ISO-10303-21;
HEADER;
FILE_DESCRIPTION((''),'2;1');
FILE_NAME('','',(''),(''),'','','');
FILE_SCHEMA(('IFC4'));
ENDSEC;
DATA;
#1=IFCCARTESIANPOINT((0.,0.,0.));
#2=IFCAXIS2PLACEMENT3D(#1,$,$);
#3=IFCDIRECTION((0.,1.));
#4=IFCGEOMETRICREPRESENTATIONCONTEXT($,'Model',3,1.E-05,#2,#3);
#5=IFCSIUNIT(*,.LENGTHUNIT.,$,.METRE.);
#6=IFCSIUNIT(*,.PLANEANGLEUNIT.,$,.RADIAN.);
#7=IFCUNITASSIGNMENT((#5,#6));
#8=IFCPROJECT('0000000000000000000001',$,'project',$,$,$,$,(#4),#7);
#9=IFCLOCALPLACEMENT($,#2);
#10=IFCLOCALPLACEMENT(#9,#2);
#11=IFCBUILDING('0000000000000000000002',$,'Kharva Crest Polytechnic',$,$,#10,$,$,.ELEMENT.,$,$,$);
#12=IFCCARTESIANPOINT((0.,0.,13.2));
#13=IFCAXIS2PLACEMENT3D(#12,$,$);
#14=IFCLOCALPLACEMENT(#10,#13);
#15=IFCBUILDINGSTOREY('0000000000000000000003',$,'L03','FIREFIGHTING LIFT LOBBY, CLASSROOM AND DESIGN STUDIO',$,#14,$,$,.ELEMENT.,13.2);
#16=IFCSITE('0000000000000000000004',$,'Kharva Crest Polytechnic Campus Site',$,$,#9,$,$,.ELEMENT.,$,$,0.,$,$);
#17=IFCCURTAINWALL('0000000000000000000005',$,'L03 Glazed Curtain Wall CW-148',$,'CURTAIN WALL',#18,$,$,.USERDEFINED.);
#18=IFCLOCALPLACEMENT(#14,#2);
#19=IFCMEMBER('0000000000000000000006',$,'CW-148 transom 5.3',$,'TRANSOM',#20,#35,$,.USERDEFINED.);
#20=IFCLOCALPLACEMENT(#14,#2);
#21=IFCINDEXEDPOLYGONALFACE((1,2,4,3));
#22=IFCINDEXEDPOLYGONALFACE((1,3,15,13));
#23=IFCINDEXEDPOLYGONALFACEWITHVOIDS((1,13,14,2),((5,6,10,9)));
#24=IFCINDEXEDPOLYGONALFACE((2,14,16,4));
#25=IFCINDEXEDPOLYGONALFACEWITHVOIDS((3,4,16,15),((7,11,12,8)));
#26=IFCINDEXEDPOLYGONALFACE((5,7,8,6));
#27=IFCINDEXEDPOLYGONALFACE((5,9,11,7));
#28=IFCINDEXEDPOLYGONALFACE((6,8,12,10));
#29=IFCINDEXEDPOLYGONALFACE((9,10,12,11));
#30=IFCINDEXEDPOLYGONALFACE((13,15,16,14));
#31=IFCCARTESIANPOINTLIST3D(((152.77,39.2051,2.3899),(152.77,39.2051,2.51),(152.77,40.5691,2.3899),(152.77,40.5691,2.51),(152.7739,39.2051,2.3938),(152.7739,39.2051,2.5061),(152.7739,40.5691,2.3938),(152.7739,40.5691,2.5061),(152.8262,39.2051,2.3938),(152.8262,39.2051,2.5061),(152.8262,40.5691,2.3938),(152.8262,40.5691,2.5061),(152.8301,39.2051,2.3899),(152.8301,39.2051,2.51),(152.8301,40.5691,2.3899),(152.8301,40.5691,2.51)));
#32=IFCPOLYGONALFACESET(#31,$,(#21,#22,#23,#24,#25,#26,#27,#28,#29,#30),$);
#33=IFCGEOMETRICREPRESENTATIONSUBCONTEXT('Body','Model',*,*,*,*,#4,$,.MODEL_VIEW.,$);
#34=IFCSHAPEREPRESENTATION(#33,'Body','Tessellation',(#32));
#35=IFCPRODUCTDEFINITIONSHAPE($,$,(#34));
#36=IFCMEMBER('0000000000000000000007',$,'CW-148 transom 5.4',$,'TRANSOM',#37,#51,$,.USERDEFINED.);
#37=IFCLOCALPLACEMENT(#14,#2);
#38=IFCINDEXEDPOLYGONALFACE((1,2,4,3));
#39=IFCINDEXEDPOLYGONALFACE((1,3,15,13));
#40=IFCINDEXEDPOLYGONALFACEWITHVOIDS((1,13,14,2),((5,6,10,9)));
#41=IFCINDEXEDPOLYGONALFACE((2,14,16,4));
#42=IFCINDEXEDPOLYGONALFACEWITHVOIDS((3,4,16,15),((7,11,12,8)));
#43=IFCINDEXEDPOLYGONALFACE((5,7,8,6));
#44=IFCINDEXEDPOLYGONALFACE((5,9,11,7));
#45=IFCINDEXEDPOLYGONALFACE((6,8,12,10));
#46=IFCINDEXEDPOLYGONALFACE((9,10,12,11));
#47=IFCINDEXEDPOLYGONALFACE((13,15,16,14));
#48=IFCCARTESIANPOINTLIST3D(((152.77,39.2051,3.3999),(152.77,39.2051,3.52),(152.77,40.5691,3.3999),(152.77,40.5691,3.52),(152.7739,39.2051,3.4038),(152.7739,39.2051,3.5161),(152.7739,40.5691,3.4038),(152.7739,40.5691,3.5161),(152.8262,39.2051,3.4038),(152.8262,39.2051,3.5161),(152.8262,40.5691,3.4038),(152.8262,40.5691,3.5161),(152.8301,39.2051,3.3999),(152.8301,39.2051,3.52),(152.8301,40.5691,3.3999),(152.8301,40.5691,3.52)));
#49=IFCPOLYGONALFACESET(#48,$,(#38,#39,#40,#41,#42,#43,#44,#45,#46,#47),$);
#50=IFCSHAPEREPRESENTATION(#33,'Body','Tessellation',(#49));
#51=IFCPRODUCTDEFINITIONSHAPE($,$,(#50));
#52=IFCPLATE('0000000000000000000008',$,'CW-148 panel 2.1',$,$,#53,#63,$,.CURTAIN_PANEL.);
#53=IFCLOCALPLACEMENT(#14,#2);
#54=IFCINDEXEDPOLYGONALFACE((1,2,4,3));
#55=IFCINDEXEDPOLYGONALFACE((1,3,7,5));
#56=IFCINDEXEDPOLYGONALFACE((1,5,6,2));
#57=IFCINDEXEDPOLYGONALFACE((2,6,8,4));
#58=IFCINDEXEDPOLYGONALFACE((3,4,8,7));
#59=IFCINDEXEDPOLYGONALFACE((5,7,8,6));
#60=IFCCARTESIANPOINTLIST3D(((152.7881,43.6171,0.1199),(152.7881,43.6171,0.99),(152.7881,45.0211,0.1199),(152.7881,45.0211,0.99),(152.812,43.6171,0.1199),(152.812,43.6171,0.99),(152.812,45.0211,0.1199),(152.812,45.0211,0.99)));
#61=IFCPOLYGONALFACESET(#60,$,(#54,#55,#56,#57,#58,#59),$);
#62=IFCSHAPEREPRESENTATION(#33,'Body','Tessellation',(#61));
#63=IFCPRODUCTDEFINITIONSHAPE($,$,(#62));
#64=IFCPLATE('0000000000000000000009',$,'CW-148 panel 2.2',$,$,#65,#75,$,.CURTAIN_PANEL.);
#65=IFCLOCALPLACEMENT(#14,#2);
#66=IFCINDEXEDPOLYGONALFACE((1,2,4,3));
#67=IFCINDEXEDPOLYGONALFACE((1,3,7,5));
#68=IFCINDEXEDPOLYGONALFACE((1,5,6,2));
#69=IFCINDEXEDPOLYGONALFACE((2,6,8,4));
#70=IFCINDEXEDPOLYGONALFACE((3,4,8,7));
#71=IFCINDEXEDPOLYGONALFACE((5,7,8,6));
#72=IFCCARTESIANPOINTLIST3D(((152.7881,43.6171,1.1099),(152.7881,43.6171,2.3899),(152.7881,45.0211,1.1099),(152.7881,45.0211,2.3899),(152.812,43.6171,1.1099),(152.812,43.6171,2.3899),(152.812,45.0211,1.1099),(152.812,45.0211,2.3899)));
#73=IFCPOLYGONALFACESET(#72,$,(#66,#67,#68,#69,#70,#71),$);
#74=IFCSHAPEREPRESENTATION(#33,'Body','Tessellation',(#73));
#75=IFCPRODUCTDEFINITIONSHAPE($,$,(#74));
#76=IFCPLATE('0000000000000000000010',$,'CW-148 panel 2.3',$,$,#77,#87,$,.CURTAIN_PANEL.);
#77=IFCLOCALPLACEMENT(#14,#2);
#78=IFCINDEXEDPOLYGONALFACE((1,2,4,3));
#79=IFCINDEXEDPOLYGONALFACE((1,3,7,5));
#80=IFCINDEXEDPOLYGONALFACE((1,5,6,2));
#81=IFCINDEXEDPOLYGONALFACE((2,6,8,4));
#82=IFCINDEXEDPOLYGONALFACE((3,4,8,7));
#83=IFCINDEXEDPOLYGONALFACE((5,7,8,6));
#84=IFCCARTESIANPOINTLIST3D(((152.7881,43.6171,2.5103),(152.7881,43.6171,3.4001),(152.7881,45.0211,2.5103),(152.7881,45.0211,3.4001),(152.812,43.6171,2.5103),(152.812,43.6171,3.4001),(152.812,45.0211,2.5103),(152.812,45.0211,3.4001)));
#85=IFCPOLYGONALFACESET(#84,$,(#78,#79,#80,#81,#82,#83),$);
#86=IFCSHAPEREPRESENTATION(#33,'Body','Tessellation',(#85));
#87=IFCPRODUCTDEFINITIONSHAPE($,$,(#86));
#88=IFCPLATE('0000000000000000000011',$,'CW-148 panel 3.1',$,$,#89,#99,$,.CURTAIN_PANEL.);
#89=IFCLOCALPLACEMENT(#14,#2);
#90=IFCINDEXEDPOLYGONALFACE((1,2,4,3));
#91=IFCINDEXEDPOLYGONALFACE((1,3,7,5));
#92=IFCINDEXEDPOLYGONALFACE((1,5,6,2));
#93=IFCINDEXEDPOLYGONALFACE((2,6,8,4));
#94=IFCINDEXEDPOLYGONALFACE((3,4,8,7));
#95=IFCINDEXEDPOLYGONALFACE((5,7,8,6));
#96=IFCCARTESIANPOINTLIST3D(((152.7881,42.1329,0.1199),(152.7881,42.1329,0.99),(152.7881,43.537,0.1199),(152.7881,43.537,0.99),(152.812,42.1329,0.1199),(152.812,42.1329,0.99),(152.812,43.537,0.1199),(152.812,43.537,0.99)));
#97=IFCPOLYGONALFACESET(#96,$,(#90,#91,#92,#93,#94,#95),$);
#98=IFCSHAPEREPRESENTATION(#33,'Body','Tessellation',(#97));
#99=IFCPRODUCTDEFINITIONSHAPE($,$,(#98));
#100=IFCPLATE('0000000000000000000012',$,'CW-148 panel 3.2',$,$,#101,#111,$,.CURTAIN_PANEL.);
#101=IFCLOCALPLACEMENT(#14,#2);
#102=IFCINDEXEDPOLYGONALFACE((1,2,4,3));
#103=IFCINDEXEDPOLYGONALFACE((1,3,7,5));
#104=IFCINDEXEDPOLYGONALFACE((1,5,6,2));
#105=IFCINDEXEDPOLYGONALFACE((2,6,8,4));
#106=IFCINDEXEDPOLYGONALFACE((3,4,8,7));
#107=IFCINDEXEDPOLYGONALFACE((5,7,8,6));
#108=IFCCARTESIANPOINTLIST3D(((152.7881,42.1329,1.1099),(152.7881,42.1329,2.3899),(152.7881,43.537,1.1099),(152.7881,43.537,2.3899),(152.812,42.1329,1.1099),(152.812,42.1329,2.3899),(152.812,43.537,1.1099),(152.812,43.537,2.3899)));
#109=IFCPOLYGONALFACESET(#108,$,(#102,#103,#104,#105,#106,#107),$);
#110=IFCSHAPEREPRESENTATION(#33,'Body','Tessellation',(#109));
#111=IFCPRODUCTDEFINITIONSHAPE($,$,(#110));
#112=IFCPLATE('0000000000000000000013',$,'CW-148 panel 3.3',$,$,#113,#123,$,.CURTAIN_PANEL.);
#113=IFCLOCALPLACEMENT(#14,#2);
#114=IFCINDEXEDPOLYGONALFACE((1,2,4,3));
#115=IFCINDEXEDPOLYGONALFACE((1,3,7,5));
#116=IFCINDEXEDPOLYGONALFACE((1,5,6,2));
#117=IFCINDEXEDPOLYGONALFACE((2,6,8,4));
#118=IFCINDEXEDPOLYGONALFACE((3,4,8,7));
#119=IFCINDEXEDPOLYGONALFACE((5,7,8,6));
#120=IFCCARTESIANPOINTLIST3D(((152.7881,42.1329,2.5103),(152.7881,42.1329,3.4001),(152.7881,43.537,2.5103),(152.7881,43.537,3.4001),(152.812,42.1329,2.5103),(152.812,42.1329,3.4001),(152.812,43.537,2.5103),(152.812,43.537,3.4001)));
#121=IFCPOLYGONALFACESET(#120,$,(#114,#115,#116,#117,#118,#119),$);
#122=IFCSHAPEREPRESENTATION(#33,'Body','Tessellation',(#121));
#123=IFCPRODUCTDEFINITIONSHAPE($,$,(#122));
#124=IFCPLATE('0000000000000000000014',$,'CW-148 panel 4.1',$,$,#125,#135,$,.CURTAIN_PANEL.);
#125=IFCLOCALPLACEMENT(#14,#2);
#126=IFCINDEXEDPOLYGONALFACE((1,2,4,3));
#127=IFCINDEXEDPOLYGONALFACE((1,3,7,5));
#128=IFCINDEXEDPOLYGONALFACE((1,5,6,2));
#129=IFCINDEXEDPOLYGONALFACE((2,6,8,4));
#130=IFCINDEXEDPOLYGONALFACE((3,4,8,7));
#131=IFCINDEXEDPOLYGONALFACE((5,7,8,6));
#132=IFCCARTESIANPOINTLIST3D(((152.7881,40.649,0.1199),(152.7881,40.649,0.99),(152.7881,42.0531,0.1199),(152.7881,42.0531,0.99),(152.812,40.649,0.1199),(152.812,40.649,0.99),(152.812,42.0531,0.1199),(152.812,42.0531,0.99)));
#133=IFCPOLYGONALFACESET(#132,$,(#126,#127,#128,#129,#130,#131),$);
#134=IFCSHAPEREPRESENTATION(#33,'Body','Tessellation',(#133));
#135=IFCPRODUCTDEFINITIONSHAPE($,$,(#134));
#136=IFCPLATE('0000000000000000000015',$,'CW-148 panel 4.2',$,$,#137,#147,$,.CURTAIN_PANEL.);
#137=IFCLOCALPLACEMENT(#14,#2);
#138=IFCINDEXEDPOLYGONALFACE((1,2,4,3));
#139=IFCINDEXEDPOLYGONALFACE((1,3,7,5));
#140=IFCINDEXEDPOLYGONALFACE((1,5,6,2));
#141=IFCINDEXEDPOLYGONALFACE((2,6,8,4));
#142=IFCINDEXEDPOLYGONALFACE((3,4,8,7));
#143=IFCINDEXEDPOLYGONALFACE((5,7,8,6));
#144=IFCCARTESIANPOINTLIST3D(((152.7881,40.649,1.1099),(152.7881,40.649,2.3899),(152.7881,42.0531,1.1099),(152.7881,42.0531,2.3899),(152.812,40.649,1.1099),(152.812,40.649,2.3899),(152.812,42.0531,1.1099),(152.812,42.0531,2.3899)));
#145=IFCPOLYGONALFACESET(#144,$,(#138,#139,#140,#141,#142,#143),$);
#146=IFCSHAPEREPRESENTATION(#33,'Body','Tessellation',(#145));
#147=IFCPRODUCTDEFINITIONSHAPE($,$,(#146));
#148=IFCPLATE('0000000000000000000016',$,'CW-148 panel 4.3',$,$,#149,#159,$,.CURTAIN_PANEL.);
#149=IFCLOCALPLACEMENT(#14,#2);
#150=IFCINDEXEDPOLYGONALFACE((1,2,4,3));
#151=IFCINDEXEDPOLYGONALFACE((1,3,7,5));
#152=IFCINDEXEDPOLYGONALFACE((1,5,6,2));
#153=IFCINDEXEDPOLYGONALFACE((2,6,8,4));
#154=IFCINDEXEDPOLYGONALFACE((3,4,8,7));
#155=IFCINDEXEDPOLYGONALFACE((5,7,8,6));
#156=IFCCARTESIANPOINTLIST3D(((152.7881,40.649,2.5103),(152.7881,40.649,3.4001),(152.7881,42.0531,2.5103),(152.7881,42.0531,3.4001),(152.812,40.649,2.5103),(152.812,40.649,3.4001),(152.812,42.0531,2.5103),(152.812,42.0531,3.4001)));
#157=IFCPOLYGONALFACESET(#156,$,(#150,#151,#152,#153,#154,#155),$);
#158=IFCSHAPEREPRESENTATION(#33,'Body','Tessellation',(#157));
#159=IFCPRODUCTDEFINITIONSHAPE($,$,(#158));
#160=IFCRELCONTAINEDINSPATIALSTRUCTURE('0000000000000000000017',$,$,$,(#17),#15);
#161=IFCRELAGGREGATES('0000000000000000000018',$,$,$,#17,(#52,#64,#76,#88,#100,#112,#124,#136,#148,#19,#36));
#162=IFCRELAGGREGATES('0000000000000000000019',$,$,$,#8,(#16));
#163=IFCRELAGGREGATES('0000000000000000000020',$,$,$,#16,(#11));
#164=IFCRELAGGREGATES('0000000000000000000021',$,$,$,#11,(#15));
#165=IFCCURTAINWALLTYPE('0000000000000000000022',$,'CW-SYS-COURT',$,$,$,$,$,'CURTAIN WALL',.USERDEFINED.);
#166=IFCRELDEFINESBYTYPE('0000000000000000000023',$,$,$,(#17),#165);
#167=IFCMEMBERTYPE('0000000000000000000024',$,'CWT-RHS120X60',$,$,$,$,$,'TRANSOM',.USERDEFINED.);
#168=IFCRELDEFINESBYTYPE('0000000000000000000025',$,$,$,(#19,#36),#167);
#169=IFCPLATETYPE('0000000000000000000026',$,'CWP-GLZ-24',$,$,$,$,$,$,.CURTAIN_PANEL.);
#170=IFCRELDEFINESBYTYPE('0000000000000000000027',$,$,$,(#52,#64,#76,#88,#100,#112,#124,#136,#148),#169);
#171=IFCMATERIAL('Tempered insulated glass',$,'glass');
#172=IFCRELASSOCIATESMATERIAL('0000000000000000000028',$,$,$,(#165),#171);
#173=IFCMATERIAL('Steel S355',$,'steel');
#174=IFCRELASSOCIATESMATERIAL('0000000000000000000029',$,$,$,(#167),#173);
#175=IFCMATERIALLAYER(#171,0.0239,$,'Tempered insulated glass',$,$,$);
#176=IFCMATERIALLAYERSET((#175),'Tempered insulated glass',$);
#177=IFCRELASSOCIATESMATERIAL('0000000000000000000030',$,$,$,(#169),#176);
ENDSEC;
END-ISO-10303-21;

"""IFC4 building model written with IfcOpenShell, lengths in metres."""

from ifc_helpers import new_model, si_unit, direction, frame, origin, origin_2d, place, context, subcontext, project, spatial, rectangle, hollow_rectangle, extrude, material, layer, layer_set, material_profile, profile_set, type_object, element, aggregate, save


model = new_model("IFC4")

# Units and contexts
model_context = context("Model", 3, precision=1e-05, world=origin(), true_north=direction((0.0, 1.0)))
body_context = subcontext(model_context, "Body", "Model", "MODEL_VIEW")
ifc_project = project(units=[si_unit("LENGTHUNIT", "METRE"), si_unit("PLANEANGLEUNIT", "RADIAN")], contexts=[model_context])

# Site, building, storey
site_placement = place(None, origin())
site = spatial("IfcSite", under=ifc_project, at=site_placement, Name="Kharva Crest Polytechnic Campus Site", CompositionType="ELEMENT", RefElevation=0.0)
building_placement = place(site_placement, origin())
building = spatial("IfcBuilding", under=site, at=building_placement, Name="Kharva Crest Polytechnic", CompositionType="ELEMENT")
storey_placement = place(building_placement, frame((0.0, 0.0, 13.2)))
storey = spatial("IfcBuildingStorey", under=building, at=storey_placement, Name="L03", Description="FIREFIGHTING LIFT LOBBY, CLASSROOM AND DESIGN STUDIO", CompositionType="ELEMENT", Elevation=13.2)

# Curtain wall, members, plates
ifc_material_1 = material(Name="Tempered insulated glass", Category="glass")
curtain_wall_type = type_object("IfcCurtainWallType", Name="CW-SYS-COURT", ElementType="CURTAIN WALL", PredefinedType="USERDEFINED", material=ifc_material_1)
curtain_wall_placement = place(storey_placement, origin())
curtain_wall = element("IfcCurtainWall", 1, at=curtain_wall_placement, inside=storey, type_object=curtain_wall_type, Name="L03 Glazed Curtain Wall CW-148", ObjectType="CURTAIN WALL", PredefinedType="USERDEFINED")
ifc_material_2 = material(Name="Steel S355", Category="steel")
ifc_material_profile_1 = material_profile(ifc_material_2, hollow_rectangle(XDim=0.0601, YDim=0.1201, WallThickness=0.0039, at=origin_2d()), Name="RHS 120X60X4.0")
ifc_profile_set_1 = profile_set([ifc_material_profile_1], Name="Steel S355")
member_type_1 = type_object("IfcMemberType", Name="CWT-RHS120X60", ElementType="TRANSOM", PredefinedType="USERDEFINED", material=ifc_profile_set_1)
member_1_placement = place(storey_placement, frame((152.8, 40.5691, 2.45), z_axis=(0.0, -1.0, 0.0), x_axis=(1.0, 0.0, 0.0)))
member_1 = element("IfcMember", 2, at=member_1_placement, type_object=member_type_1, Name="CW-148 transom 5.3", ObjectType="TRANSOM", PredefinedType="USERDEFINED", context=body_context, shape_type="SweptSolid", body=[
    extrude(hollow_rectangle(XDim=0.0601, YDim=0.1201, WallThickness=0.0039, at=origin_2d()), origin(), (0.0, 0.0, 1.0), 1.364),
])
member_2_placement = place(storey_placement, frame((152.8, 40.5691, 3.46), z_axis=(0.0, -1.0, 0.0), x_axis=(1.0, 0.0, 0.0)))
member_2 = element("IfcMember", 3, at=member_2_placement, type_object=member_type_1, Name="CW-148 transom 5.4", ObjectType="TRANSOM", PredefinedType="USERDEFINED", context=body_context, shape_type="SweptSolid", body=[
    extrude(hollow_rectangle(XDim=0.0601, YDim=0.1201, WallThickness=0.0039, at=origin_2d()), origin(), (0.0, 0.0, 1.0), 1.364),
])
ifc_layer = layer(ifc_material_1, 0.0239, Name="Tempered insulated glass")
ifc_layer_set = layer_set([ifc_layer], Name="Tempered insulated glass")
plate_type = type_object("IfcPlateType", Name="CWP-GLZ-24", PredefinedType="CURTAIN_PANEL", material=ifc_layer_set)
plate_1_placement = place(storey_placement, frame((152.8, 44.3191, 0.1199), z_axis=(0.0, 0.0, 1.0), x_axis=(0.0, -1.0, 0.0)))
plate_1 = element("IfcPlate", 4, at=plate_1_placement, type_object=plate_type, Name="CW-148 panel 2.1", PredefinedType="CURTAIN_PANEL", context=body_context, shape_type="SweptSolid", body=[
    extrude(rectangle(XDim=1.4041, YDim=0.0239, at=origin_2d()), origin(), (0.0, 0.0, 1.0), 0.8701),
])
plate_2_placement = place(storey_placement, frame((152.8, 44.3191, 1.1099), z_axis=(0.0, 0.0, 1.0), x_axis=(0.0, -1.0, 0.0)))
plate_2 = element("IfcPlate", 5, at=plate_2_placement, type_object=plate_type, Name="CW-148 panel 2.2", PredefinedType="CURTAIN_PANEL", context=body_context, shape_type="SweptSolid", body=[
    extrude(rectangle(XDim=1.4041, YDim=0.0239, at=origin_2d()), origin(), (0.0, 0.0, 1.0), 1.28),
])
plate_3_placement = place(storey_placement, frame((152.8, 44.3191, 2.5103), z_axis=(0.0, 0.0, 1.0), x_axis=(0.0, -1.0, 0.0)))
plate_3 = element("IfcPlate", 6, at=plate_3_placement, type_object=plate_type, Name="CW-148 panel 2.3", PredefinedType="CURTAIN_PANEL", context=body_context, shape_type="SweptSolid", body=[
    extrude(rectangle(XDim=1.4041, YDim=0.0239, at=origin_2d()), origin(), (0.0, 0.0, 1.0), 0.8899),
])
plate_4_placement = place(storey_placement, frame((152.8, 42.835, 0.1199), z_axis=(0.0, 0.0, 1.0), x_axis=(0.0, -1.0, 0.0)))
plate_4 = element("IfcPlate", 7, at=plate_4_placement, type_object=plate_type, Name="CW-148 panel 3.1", PredefinedType="CURTAIN_PANEL", context=body_context, shape_type="SweptSolid", body=[
    extrude(rectangle(XDim=1.4041, YDim=0.0239, at=origin_2d()), origin(), (0.0, 0.0, 1.0), 0.8701),
])
plate_5_placement = place(storey_placement, frame((152.8, 42.835, 1.1099), z_axis=(0.0, 0.0, 1.0), x_axis=(0.0, -1.0, 0.0)))
plate_5 = element("IfcPlate", 8, at=plate_5_placement, type_object=plate_type, Name="CW-148 panel 3.2", PredefinedType="CURTAIN_PANEL", context=body_context, shape_type="SweptSolid", body=[
    extrude(rectangle(XDim=1.4041, YDim=0.0239, at=origin_2d()), origin(), (0.0, 0.0, 1.0), 1.28),
])
plate_6_placement = place(storey_placement, frame((152.8, 42.835, 2.5103), z_axis=(0.0, 0.0, 1.0), x_axis=(0.0, -1.0, 0.0)))
plate_6 = element("IfcPlate", 9, at=plate_6_placement, type_object=plate_type, Name="CW-148 panel 3.3", PredefinedType="CURTAIN_PANEL", context=body_context, shape_type="SweptSolid", body=[
    extrude(rectangle(XDim=1.4041, YDim=0.0239, at=origin_2d()), origin(), (0.0, 0.0, 1.0), 0.8899),
])
plate_7_placement = place(storey_placement, frame((152.8, 41.3511, 0.1199), z_axis=(0.0, 0.0, 1.0), x_axis=(0.0, -1.0, 0.0)))
plate_7 = element("IfcPlate", 10, at=plate_7_placement, type_object=plate_type, Name="CW-148 panel 4.1", PredefinedType="CURTAIN_PANEL", context=body_context, shape_type="SweptSolid", body=[
    extrude(rectangle(XDim=1.4041, YDim=0.0239, at=origin_2d()), origin(), (0.0, 0.0, 1.0), 0.8701),
])
plate_8_placement = place(storey_placement, frame((152.8, 41.3511, 1.1099), z_axis=(0.0, 0.0, 1.0), x_axis=(0.0, -1.0, 0.0)))
plate_8 = element("IfcPlate", 11, at=plate_8_placement, type_object=plate_type, Name="CW-148 panel 4.2", PredefinedType="CURTAIN_PANEL", context=body_context, shape_type="SweptSolid", body=[
    extrude(rectangle(XDim=1.4041, YDim=0.0239, at=origin_2d()), origin(), (0.0, 0.0, 1.0), 1.28),
])
plate_9_placement = place(storey_placement, frame((152.8, 41.3511, 2.5103), z_axis=(0.0, 0.0, 1.0), x_axis=(0.0, -1.0, 0.0)))
plate_9 = element("IfcPlate", 12, at=plate_9_placement, type_object=plate_type, Name="CW-148 panel 4.3", PredefinedType="CURTAIN_PANEL", context=body_context, shape_type="SweptSolid", body=[
    extrude(rectangle(XDim=1.4041, YDim=0.0239, at=origin_2d()), origin(), (0.0, 0.0, 1.0), 0.8899),
])
aggregate(curtain_wall, [plate_1, plate_2, plate_3, plate_4, plate_5, plate_6, plate_7, plate_8, plate_9, member_1, member_2])

save(model, "model.ifc")
